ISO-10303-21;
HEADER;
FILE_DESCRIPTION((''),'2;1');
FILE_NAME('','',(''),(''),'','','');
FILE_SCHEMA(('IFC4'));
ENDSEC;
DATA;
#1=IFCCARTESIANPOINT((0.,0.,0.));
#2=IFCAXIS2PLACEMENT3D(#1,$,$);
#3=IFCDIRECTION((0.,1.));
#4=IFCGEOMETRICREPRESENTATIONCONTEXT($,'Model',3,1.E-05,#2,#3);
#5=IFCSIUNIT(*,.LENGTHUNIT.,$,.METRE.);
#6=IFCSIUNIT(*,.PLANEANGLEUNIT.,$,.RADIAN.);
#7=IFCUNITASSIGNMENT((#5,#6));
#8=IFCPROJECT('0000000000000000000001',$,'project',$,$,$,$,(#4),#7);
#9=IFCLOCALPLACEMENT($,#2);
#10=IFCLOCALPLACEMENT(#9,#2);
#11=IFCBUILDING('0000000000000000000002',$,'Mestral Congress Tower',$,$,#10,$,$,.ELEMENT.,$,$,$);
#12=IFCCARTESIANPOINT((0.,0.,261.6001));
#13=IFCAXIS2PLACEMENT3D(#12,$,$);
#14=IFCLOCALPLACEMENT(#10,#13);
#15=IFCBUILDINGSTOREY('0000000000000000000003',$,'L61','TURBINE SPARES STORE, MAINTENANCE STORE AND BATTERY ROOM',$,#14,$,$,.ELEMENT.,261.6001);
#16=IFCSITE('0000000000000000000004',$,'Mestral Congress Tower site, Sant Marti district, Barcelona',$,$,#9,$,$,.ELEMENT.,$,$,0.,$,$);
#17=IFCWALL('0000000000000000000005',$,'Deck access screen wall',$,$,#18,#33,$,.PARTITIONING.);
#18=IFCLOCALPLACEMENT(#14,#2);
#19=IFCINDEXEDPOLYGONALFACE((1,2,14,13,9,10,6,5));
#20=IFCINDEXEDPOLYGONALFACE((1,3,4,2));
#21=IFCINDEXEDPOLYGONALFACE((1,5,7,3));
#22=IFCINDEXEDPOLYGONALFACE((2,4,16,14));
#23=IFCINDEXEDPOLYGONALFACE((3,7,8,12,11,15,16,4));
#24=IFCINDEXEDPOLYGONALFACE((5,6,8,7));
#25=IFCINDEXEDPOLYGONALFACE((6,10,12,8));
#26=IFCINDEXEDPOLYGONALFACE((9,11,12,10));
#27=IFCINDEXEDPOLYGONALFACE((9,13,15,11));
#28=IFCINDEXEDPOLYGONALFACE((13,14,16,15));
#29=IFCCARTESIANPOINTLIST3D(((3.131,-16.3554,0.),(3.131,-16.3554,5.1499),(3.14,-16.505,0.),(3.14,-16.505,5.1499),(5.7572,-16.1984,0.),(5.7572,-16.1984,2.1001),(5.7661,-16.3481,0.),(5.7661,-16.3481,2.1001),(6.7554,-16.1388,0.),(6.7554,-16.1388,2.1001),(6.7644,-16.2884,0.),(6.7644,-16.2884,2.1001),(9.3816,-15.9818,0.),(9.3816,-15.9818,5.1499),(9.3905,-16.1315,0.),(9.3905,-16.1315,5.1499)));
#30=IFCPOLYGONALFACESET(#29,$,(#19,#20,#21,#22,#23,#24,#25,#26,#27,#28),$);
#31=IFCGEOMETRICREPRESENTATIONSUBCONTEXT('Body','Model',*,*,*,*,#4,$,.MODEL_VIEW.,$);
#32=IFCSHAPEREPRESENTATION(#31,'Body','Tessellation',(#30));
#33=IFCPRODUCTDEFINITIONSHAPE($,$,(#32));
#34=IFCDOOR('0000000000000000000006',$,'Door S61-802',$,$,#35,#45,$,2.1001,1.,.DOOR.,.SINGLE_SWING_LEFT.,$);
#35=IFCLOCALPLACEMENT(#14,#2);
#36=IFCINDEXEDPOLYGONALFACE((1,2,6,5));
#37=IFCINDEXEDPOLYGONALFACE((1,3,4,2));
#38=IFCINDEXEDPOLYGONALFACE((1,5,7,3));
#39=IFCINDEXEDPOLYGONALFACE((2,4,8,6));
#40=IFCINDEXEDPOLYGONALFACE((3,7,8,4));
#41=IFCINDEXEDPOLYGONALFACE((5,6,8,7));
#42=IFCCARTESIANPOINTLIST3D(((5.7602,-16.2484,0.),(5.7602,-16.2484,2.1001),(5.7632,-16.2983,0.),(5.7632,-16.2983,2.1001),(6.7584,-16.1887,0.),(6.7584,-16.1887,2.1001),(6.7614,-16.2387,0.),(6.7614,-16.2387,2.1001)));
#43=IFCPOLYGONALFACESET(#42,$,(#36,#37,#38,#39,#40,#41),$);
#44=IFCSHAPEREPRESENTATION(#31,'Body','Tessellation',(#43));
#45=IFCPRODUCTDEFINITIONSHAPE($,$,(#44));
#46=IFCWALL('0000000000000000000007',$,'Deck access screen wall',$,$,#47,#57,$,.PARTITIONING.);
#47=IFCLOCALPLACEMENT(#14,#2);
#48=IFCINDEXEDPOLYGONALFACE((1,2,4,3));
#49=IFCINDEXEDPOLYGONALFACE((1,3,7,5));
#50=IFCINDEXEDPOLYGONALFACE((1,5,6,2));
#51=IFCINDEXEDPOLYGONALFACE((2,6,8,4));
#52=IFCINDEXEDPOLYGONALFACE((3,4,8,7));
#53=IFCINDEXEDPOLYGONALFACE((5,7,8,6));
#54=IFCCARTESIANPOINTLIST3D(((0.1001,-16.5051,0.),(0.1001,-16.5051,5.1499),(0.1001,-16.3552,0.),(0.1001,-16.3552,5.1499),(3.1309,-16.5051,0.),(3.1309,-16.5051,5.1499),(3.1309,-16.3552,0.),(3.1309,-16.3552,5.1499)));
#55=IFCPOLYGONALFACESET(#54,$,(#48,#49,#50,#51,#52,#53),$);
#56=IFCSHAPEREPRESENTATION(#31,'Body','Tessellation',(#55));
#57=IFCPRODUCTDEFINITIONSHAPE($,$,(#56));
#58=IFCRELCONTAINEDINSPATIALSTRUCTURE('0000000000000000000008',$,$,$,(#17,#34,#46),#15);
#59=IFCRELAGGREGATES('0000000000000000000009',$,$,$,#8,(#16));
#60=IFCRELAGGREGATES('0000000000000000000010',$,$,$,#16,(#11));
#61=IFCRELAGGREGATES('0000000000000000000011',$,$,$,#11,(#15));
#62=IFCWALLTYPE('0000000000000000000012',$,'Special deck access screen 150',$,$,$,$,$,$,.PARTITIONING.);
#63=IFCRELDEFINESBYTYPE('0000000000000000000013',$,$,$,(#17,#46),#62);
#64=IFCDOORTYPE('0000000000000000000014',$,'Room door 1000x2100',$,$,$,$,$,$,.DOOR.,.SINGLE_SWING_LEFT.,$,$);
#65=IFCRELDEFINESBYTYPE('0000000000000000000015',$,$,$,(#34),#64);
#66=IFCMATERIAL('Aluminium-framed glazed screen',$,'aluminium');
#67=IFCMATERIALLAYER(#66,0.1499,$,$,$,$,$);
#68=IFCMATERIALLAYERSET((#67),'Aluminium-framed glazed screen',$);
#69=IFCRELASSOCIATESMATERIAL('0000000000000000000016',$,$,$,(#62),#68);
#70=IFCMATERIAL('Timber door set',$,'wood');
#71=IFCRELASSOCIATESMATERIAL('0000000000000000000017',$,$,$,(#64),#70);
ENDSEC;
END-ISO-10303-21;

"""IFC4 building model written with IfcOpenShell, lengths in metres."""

from ifc_helpers import new_model, si_unit, direction, frame, frame_2d, origin, place, context, subcontext, project, spatial, rectangle, extrude, material, layer, layer_set, type_object, element, fill, save


model = new_model("IFC4")

# Units and contexts
model_context = context("Model", 3, precision=1e-05, world=origin(), true_north=direction((0.0, 1.0)))
body_context = subcontext(model_context, "Body", "Model", "MODEL_VIEW")
ifc_project = project(units=[si_unit("LENGTHUNIT", "METRE"), si_unit("PLANEANGLEUNIT", "RADIAN")], contexts=[model_context])

# Site, building, storey
site_placement = place(None, origin())
site = spatial("IfcSite", under=ifc_project, at=site_placement, Name="Mestral Congress Tower site, Sant Marti district, Barcelona", CompositionType="ELEMENT", RefElevation=0.0)
building_placement = place(site_placement, origin())
building = spatial("IfcBuilding", under=site, at=building_placement, Name="Mestral Congress Tower", CompositionType="ELEMENT")
storey_placement = place(building_placement, frame((0.0, 0.0, 261.6001)))
storey = spatial("IfcBuildingStorey", under=building, at=storey_placement, Name="L61", Description="TURBINE SPARES STORE, MAINTENANCE STORE AND BATTERY ROOM", CompositionType="ELEMENT", Elevation=261.6001)

# Wall, opening, door
ifc_material_1 = material(Name="Aluminium-framed glazed screen", Category="aluminium")
ifc_layer_1 = layer(ifc_material_1, 0.1499)
ifc_layer_set_1 = layer_set([ifc_layer_1], Name="Aluminium-framed glazed screen")
wall_type = type_object("IfcWallType", Name="Special deck access screen 150", PredefinedType="PARTITIONING", material=ifc_layer_set_1)
wall_1_placement = place(storey_placement, frame((3.1355, -16.4302, 0.0), z_axis=(0.0, 0.0, 1.0), x_axis=(0.998219, 0.059655, 0.0)))
wall_1 = element("IfcWall", 1, at=wall_1_placement, inside=storey, type_object=wall_type, Name="Deck access screen wall", PredefinedType="PARTITIONING", context=body_context, shape_type="SweptSolid", body=[
    extrude(rectangle(XDim=6.2617, YDim=0.1499, at=frame_2d((3.1309, 0.0))), origin(), (0.0, 0.0, 1.0), 5.1499),
])
opening_placement = place(wall_1_placement, frame((2.6309, 0.0, 0.0)))
opening = element("IfcOpeningElement", 2, at=opening_placement, cuts=wall_1, PredefinedType="OPENING", context=body_context, shape_type="SweptSolid", body=[
    extrude(rectangle(XDim=1.0, YDim=2.1001, at=frame_2d((0.5, 1.05))), frame((0.0, 0.085, 0.0), z_axis=(0.0, -1.0, 0.0), x_axis=(1.0, 0.0, 0.0)), (0.0, 0.0, 1.0), 0.1699),
])
ifc_material_2 = material(Name="Timber door set", Category="wood")
door_type = type_object("IfcDoorType", Name="Room door 1000x2100", OperationType="SINGLE_SWING_LEFT", PredefinedType="DOOR", material=ifc_material_2)
door_placement = place(opening_placement, origin())
door = element("IfcDoor", 3, at=door_placement, inside=storey, type_object=door_type, Name="Door S61-802", OperationType="SINGLE_SWING_LEFT", OverallHeight=2.1001, OverallWidth=1.0, PredefinedType="DOOR", context=body_context, shape_type="SweptSolid", body=[
    extrude(rectangle(XDim=1.0, YDim=2.1001, at=frame_2d((0.5, 1.05))), frame((0.0, 0.0249, 0.0), z_axis=(0.0, -1.0, 0.0), x_axis=(1.0, 0.0, 0.0)), (0.0, 0.0, 1.0), 0.05),
])
fill(opening, door)

# Wall
wall_2_placement = place(storey_placement, frame((0.1001, -16.4302, 0.0), z_axis=(0.0, 0.0, 1.0), x_axis=(1.0, 0.0, 0.0)))
element("IfcWall", 4, at=wall_2_placement, inside=storey, type_object=wall_type, Name="Deck access screen wall", PredefinedType="PARTITIONING", context=body_context, shape_type="SweptSolid", body=[
    extrude(rectangle(XDim=3.0308, YDim=0.1499, at=frame_2d((1.5154, 0.0))), origin(), (0.0, 0.0, 1.0), 5.1499),
])

save(model, "model.ifc")
